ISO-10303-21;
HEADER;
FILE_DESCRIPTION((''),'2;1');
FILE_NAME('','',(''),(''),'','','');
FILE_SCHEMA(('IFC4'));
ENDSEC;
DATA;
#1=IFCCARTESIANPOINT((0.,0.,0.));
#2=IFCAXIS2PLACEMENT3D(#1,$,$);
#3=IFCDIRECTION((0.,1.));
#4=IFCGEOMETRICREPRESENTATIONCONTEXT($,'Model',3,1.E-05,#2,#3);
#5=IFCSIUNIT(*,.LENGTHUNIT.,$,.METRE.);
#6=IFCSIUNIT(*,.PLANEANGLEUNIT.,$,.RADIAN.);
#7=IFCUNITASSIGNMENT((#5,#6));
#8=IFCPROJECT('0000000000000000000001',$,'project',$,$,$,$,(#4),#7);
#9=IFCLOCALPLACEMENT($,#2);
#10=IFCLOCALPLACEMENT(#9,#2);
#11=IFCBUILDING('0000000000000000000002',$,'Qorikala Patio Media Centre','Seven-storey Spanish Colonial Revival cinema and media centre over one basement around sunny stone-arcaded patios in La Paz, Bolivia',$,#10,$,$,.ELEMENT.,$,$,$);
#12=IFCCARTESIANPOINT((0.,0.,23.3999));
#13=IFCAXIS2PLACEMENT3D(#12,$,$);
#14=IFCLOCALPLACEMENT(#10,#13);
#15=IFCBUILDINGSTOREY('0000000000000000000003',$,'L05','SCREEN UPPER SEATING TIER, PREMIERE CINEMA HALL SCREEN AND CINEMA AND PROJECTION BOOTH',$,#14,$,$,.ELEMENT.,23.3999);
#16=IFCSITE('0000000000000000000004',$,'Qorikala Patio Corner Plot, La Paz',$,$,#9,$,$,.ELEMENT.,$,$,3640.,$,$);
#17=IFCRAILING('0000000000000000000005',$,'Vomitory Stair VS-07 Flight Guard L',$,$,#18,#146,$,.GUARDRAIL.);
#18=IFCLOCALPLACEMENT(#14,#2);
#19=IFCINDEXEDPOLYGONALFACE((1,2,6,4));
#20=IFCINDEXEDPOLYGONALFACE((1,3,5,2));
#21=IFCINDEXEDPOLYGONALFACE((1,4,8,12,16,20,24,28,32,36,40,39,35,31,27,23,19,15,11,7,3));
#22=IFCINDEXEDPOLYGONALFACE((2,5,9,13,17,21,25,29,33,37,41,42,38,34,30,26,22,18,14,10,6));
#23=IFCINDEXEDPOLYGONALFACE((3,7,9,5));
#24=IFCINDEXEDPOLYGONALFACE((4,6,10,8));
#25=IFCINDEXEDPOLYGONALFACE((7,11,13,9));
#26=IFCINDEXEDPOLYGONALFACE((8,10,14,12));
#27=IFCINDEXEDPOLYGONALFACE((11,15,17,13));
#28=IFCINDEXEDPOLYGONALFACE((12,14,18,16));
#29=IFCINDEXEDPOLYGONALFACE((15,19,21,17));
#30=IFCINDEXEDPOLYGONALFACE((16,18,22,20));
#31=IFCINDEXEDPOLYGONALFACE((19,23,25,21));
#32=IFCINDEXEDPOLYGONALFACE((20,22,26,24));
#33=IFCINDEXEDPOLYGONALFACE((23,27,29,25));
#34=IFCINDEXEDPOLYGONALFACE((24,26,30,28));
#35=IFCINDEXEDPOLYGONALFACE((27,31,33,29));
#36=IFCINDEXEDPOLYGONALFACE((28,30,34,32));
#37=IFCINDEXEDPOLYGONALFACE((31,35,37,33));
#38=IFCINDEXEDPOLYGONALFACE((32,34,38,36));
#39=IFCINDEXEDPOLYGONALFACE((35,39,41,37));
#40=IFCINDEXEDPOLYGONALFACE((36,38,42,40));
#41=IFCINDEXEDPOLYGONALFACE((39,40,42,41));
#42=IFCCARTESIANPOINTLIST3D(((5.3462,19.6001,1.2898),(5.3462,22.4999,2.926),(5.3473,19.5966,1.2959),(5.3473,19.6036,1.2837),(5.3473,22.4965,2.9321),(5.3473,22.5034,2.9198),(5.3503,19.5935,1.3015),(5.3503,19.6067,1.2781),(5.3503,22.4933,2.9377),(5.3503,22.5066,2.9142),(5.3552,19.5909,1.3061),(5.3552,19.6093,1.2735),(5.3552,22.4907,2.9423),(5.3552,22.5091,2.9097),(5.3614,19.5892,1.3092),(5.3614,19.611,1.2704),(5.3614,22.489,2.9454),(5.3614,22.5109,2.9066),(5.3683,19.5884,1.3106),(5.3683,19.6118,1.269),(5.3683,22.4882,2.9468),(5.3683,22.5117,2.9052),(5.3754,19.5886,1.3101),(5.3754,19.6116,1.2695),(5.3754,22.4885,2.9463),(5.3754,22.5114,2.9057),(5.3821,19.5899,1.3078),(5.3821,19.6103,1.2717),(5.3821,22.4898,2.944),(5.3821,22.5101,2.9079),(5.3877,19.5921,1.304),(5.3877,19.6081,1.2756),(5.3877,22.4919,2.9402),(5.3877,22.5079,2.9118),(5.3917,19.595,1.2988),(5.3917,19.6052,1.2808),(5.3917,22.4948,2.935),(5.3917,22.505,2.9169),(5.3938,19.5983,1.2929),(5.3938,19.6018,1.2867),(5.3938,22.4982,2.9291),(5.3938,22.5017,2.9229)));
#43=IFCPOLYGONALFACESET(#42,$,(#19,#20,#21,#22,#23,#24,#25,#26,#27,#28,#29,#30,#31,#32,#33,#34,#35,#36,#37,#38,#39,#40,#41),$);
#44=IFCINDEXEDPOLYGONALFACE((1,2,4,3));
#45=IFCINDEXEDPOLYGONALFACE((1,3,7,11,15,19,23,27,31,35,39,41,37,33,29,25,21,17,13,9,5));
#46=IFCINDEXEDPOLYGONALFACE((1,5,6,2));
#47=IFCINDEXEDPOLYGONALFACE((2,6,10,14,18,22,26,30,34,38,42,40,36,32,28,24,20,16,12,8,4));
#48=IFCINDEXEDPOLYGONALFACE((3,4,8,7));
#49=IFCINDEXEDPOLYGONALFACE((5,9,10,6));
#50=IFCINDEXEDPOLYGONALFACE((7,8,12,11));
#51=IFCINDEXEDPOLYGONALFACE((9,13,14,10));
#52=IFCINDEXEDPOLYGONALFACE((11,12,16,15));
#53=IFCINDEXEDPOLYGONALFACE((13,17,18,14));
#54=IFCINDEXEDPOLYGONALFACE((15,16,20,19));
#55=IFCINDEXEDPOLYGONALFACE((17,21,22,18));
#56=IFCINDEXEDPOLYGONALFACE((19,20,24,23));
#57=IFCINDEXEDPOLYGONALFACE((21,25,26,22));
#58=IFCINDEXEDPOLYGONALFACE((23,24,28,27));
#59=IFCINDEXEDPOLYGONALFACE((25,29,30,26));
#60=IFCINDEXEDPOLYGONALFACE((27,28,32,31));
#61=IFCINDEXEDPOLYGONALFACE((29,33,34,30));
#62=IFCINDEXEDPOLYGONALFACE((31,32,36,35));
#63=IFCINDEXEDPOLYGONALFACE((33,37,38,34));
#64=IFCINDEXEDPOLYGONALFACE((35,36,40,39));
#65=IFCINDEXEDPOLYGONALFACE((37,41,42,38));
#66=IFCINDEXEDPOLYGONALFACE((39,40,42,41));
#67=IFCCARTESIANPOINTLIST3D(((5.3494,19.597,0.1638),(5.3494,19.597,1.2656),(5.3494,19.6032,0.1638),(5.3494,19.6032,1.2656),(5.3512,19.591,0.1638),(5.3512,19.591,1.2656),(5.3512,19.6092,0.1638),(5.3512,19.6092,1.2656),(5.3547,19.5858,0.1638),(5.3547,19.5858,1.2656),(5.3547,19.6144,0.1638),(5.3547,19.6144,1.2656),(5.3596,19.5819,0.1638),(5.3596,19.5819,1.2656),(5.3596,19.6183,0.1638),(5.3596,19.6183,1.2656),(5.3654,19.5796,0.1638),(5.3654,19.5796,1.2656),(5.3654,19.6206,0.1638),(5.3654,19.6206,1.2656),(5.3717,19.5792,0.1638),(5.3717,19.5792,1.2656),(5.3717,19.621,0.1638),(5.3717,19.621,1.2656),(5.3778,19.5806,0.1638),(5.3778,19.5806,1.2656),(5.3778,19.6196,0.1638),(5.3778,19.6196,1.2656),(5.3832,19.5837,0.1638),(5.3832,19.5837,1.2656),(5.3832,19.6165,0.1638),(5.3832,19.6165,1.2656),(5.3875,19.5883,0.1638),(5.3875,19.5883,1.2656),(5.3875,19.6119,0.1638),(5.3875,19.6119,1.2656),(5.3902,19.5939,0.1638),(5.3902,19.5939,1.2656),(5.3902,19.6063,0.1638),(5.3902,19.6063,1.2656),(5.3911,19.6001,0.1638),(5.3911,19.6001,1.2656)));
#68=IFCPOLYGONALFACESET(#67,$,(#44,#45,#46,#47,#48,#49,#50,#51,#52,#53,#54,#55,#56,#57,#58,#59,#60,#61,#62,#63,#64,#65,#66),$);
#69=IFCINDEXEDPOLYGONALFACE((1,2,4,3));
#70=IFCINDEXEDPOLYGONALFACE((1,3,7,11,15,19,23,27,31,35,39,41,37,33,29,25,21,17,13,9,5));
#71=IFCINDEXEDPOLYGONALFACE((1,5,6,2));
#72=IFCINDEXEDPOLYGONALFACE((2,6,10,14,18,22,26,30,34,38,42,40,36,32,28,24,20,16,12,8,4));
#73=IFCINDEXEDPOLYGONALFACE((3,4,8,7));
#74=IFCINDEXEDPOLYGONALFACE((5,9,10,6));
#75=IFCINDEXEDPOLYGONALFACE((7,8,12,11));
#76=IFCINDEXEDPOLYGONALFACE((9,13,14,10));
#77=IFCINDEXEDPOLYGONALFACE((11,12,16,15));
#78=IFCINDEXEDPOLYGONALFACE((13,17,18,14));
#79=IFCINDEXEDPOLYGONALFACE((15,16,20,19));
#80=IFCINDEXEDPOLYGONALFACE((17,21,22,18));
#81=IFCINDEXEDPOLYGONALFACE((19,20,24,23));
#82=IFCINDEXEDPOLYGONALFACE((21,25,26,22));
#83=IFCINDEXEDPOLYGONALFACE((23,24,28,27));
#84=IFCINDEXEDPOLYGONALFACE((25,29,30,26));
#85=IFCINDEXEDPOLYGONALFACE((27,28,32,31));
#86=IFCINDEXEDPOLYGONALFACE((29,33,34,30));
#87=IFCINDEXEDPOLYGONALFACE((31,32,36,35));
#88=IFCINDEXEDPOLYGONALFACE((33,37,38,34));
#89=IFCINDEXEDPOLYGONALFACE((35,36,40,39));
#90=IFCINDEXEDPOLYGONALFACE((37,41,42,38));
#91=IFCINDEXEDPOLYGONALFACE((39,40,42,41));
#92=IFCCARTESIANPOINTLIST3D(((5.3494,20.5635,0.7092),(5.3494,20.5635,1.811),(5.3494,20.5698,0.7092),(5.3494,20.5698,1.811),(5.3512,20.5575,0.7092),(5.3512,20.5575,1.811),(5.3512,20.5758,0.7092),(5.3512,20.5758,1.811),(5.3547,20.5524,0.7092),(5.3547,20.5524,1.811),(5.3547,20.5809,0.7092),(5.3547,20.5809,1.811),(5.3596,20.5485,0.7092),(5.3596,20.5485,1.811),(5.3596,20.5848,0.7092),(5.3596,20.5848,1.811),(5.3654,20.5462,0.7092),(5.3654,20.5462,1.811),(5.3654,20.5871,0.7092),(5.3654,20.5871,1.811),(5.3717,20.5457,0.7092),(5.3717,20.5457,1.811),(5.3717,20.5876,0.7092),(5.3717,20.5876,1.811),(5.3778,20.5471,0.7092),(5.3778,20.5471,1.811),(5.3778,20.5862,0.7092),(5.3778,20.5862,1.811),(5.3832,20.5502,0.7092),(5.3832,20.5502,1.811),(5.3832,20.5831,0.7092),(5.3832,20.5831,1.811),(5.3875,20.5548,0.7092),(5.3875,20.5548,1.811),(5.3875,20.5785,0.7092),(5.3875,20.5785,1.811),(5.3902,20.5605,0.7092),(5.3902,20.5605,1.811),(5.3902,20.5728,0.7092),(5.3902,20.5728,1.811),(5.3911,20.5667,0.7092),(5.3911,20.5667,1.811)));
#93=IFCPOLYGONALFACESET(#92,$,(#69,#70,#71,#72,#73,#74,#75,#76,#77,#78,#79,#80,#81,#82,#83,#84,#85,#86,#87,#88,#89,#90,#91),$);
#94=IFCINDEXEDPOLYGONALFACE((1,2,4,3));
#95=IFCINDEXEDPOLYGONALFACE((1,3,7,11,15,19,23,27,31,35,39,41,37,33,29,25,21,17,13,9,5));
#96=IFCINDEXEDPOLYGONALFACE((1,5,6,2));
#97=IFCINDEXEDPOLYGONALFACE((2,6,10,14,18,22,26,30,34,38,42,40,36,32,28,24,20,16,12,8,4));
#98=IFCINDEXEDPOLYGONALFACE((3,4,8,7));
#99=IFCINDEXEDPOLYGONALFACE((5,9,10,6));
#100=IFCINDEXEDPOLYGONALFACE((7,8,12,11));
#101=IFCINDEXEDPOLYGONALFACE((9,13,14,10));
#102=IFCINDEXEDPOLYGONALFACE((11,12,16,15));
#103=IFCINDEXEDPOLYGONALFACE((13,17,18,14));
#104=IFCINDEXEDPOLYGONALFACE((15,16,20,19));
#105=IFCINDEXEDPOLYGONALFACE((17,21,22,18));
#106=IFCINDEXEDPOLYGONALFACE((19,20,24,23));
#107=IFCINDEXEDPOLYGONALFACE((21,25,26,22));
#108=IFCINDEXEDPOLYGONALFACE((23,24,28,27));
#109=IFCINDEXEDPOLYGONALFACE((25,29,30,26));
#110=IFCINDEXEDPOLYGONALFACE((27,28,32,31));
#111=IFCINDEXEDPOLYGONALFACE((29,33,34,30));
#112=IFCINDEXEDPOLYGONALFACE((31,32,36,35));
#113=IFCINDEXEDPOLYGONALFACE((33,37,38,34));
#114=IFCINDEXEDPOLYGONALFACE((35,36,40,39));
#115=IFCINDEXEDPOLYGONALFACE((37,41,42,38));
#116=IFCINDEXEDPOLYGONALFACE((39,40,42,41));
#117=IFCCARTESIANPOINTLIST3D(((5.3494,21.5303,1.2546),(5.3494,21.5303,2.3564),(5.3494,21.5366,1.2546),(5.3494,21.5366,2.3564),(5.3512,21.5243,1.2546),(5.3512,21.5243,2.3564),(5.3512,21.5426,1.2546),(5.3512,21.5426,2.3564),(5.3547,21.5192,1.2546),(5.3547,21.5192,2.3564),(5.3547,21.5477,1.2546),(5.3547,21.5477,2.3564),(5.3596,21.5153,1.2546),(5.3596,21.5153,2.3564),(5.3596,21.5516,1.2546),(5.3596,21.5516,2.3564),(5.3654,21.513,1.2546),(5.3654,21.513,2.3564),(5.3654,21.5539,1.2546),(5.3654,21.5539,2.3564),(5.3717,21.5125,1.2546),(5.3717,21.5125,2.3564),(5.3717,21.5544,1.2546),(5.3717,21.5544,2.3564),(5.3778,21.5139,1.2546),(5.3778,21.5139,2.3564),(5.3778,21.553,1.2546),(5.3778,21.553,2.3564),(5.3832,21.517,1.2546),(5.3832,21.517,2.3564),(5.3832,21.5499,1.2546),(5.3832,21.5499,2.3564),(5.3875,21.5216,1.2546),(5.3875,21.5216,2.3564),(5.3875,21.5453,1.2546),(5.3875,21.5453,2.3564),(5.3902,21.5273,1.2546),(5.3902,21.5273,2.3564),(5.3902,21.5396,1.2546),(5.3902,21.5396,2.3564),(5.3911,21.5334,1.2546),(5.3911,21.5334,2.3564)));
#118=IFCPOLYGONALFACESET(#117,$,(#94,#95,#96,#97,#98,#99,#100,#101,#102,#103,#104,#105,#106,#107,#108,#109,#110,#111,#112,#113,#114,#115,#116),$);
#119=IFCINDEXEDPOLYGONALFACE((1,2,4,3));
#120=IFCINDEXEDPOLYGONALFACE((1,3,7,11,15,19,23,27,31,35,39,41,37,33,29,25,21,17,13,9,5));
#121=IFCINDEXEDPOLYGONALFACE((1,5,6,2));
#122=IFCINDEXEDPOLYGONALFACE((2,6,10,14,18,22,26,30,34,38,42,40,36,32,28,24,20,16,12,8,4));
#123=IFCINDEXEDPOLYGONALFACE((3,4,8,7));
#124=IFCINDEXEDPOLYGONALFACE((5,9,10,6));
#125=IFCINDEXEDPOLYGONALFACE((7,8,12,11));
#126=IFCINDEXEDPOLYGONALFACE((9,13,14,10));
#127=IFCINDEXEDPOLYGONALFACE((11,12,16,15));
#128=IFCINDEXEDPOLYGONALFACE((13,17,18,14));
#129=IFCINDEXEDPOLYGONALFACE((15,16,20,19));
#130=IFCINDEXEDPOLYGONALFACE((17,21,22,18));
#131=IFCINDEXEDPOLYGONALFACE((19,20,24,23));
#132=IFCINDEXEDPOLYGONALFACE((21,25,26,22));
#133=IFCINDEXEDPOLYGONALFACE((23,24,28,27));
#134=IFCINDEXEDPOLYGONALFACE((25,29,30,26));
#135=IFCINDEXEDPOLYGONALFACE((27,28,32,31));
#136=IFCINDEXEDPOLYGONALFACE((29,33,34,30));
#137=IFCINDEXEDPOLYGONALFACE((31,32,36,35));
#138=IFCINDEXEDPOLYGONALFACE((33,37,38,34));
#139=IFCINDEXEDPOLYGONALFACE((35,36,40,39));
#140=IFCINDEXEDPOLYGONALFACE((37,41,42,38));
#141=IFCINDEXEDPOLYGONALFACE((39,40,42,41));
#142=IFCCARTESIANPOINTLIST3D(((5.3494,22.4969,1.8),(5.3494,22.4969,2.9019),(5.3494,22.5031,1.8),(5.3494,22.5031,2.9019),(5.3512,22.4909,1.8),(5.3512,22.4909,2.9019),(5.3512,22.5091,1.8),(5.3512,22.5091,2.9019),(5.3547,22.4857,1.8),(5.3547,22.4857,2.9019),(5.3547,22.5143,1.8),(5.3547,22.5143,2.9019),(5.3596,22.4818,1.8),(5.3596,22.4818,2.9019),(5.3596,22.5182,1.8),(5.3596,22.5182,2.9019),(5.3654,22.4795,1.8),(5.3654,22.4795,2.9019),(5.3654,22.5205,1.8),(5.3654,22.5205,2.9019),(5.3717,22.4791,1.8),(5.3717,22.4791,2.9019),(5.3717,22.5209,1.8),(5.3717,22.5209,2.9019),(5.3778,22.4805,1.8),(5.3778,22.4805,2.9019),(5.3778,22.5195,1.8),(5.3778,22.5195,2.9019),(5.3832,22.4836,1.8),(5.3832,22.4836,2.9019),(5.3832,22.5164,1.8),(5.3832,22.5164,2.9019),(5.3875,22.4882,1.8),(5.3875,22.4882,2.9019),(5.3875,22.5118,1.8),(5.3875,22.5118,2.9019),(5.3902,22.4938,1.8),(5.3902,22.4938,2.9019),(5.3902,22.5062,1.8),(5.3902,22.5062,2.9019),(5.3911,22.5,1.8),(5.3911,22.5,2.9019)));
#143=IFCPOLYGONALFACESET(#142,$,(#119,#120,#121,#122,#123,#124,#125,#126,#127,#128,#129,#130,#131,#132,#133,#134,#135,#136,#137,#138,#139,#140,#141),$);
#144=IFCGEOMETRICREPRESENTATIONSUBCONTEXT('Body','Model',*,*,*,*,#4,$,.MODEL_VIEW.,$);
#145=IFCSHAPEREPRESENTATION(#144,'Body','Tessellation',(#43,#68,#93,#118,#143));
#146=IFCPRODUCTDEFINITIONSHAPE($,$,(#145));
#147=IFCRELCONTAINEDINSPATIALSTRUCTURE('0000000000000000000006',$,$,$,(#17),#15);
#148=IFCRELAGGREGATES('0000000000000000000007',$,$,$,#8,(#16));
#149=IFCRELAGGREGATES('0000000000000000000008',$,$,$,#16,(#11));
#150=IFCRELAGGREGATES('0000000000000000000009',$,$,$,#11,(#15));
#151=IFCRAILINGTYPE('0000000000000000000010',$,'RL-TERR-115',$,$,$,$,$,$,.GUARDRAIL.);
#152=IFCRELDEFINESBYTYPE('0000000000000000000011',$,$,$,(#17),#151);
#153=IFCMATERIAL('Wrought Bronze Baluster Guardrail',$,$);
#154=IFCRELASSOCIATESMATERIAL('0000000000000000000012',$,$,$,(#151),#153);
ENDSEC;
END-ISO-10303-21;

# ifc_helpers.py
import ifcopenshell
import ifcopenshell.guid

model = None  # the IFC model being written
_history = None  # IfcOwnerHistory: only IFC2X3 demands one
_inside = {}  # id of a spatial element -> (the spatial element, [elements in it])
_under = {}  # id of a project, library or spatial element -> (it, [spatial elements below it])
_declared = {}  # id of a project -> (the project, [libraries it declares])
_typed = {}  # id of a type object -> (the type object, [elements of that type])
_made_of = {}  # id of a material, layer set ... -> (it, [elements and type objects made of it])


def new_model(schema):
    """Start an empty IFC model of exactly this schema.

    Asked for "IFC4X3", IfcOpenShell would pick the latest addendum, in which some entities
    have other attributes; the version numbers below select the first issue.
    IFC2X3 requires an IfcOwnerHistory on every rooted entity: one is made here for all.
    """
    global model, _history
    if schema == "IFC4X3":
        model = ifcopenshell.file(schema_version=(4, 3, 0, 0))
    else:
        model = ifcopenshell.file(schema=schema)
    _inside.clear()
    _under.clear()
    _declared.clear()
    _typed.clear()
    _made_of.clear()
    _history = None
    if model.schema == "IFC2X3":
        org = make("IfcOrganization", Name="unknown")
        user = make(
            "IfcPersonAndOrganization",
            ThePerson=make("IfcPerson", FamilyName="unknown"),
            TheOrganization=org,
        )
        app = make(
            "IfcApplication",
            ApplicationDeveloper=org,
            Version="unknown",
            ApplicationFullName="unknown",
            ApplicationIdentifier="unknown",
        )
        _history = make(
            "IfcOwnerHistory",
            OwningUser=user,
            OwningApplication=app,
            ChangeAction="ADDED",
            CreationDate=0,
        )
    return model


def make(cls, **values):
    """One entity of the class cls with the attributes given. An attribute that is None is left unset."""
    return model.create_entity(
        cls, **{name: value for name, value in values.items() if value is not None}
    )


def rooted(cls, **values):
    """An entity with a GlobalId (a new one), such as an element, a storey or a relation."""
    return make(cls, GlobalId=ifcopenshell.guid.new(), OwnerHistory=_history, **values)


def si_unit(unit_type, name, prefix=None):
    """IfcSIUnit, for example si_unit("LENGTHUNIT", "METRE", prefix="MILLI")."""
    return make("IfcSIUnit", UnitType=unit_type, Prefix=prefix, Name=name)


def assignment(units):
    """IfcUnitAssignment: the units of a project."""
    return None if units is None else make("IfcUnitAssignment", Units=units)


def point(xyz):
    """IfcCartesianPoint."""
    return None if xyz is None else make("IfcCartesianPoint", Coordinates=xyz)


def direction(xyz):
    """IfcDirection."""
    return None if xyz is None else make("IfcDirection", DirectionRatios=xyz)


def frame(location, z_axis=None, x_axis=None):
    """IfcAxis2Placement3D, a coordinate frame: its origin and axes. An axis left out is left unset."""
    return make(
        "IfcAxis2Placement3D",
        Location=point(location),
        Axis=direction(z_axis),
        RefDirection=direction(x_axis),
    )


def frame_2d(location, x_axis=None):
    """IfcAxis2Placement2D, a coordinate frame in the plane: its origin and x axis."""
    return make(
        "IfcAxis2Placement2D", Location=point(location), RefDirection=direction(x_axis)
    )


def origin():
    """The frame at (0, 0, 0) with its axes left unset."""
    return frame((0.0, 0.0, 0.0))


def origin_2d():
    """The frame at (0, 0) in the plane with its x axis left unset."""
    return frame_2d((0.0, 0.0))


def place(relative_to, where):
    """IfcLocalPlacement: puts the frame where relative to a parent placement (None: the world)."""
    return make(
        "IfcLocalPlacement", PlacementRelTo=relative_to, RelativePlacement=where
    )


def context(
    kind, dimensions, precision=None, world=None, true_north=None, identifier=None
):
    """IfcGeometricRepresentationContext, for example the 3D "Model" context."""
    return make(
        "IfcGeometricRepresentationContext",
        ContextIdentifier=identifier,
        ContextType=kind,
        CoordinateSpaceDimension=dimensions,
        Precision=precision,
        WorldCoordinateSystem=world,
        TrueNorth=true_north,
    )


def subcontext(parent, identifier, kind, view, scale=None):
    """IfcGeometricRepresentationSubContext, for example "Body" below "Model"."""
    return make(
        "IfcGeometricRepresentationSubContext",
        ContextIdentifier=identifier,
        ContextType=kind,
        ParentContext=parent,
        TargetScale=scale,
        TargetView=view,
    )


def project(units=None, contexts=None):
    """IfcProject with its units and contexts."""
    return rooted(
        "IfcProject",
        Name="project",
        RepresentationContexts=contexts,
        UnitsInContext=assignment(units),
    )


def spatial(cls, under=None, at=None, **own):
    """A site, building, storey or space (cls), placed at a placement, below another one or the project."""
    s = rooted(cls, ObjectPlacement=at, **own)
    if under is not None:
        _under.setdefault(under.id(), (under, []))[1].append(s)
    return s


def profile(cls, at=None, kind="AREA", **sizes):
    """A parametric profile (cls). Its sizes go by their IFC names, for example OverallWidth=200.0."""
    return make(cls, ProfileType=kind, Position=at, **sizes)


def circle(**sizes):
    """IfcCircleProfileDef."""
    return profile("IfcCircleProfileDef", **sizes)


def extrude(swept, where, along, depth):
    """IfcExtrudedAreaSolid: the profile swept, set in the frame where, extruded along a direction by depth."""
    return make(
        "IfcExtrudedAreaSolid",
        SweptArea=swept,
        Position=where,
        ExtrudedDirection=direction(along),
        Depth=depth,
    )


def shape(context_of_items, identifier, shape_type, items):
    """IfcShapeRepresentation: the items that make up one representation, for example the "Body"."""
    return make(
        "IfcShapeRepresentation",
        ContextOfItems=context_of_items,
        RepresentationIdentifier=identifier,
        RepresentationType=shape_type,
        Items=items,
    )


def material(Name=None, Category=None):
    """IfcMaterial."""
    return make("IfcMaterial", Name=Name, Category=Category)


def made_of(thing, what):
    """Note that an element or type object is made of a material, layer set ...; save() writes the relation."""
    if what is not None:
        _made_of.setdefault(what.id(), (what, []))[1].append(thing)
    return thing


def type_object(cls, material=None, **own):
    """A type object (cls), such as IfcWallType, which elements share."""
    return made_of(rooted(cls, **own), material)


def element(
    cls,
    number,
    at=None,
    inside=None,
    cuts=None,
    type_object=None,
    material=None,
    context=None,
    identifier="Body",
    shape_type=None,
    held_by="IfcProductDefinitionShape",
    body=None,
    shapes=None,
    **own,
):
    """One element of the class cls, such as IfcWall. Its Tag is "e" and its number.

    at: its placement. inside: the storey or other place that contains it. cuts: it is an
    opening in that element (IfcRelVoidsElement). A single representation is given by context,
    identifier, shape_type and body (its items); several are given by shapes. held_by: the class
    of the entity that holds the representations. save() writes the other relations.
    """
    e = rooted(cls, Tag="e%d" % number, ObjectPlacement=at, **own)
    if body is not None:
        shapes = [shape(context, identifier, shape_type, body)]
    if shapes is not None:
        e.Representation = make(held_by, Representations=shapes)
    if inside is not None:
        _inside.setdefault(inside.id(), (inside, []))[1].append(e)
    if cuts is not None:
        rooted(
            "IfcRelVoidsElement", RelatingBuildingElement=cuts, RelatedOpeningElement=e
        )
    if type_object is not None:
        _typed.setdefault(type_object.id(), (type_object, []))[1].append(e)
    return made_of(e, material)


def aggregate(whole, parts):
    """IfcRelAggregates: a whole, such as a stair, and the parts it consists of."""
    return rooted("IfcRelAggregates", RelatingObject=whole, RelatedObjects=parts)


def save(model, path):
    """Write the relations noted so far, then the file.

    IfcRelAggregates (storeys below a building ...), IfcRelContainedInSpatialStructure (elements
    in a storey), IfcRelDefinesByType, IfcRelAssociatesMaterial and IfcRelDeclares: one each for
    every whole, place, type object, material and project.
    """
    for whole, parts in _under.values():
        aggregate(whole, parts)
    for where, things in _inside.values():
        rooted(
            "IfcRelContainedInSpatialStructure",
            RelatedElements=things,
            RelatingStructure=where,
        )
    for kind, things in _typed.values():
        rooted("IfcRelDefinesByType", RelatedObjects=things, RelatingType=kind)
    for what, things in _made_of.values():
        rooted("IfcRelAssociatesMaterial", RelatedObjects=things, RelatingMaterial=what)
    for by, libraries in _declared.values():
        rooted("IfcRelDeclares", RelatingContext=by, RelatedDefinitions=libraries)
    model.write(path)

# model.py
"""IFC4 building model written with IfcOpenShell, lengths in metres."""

from ifc_helpers import new_model, si_unit, direction, frame, origin, origin_2d, place, context, subcontext, project, spatial, circle, extrude, material, type_object, element, save


model = new_model("IFC4")

# Units and contexts
model_context = context("Model", 3, precision=1e-05, world=origin(), true_north=direction((0.0, 1.0)))
body_context = subcontext(model_context, "Body", "Model", "MODEL_VIEW")
ifc_project = project(units=[si_unit("LENGTHUNIT", "METRE"), si_unit("PLANEANGLEUNIT", "RADIAN")], contexts=[model_context])

# Site, building, storey
site_placement = place(None, origin())
site = spatial("IfcSite", under=ifc_project, at=site_placement, Name="Qorikala Patio Corner Plot, La Paz", CompositionType="ELEMENT", RefElevation=3640.0)
building_placement = place(site_placement, origin())
building = spatial("IfcBuilding", under=site, at=building_placement, Name="Qorikala Patio Media Centre", Description="Seven-storey Spanish Colonial Revival cinema and media centre over one basement around sunny stone-arcaded patios in La Paz, Bolivia", CompositionType="ELEMENT")
storey_placement = place(building_placement, frame((0.0, 0.0, 23.3999)))
storey = spatial("IfcBuildingStorey", under=building, at=storey_placement, Name="L05", Description="SCREEN UPPER SEATING TIER, PREMIERE CINEMA HALL SCREEN AND CINEMA AND PROJECTION BOOTH", CompositionType="ELEMENT", Elevation=23.3999)

# Railing
ifc_material_1 = material(Name="Wrought Bronze Baluster Guardrail")
railing_type_1 = type_object("IfcRailingType", Name="RL-TERR-115", PredefinedType="GUARDRAIL", material=ifc_material_1)
for number, where, name in (
    (1, (5.3701, 19.6001, 0.1638), "Vomitory Stair VS-07 Flight Guard L"),
):
    element("IfcRailing", number, at=place(storey_placement, frame(where)), inside=storey, type_object=railing_type_1, Name=name, PredefinedType="GUARDRAIL", context=body_context, shape_type="SweptSolid", body=[
        extrude(circle(Radius=0.0239, at=origin_2d()), frame((0.0, 0.0, 1.126), z_axis=(0.0, 0.870929, 0.49141), x_axis=(-1.0, 0.0, 0.0)), (0.0, 0.0, 1.0), 3.3296),
        extrude(circle(Radius=0.021, at=origin_2d()), origin(), (0.0, 0.0, 1.0), 1.1018),
        extrude(circle(Radius=0.021, at=origin_2d()), frame((0.0, 0.9666, 0.5454)), (0.0, 0.0, 1.0), 1.1018),
        extrude(circle(Radius=0.021, at=origin_2d()), frame((0.0, 1.9333, 1.0908)), (0.0, 0.0, 1.0), 1.1018),
        extrude(circle(Radius=0.021, at=origin_2d()), frame((0.0, 2.8999, 1.6362)), (0.0, 0.0, 1.0), 1.1018),
    ])

save(model, "model.ifc")
